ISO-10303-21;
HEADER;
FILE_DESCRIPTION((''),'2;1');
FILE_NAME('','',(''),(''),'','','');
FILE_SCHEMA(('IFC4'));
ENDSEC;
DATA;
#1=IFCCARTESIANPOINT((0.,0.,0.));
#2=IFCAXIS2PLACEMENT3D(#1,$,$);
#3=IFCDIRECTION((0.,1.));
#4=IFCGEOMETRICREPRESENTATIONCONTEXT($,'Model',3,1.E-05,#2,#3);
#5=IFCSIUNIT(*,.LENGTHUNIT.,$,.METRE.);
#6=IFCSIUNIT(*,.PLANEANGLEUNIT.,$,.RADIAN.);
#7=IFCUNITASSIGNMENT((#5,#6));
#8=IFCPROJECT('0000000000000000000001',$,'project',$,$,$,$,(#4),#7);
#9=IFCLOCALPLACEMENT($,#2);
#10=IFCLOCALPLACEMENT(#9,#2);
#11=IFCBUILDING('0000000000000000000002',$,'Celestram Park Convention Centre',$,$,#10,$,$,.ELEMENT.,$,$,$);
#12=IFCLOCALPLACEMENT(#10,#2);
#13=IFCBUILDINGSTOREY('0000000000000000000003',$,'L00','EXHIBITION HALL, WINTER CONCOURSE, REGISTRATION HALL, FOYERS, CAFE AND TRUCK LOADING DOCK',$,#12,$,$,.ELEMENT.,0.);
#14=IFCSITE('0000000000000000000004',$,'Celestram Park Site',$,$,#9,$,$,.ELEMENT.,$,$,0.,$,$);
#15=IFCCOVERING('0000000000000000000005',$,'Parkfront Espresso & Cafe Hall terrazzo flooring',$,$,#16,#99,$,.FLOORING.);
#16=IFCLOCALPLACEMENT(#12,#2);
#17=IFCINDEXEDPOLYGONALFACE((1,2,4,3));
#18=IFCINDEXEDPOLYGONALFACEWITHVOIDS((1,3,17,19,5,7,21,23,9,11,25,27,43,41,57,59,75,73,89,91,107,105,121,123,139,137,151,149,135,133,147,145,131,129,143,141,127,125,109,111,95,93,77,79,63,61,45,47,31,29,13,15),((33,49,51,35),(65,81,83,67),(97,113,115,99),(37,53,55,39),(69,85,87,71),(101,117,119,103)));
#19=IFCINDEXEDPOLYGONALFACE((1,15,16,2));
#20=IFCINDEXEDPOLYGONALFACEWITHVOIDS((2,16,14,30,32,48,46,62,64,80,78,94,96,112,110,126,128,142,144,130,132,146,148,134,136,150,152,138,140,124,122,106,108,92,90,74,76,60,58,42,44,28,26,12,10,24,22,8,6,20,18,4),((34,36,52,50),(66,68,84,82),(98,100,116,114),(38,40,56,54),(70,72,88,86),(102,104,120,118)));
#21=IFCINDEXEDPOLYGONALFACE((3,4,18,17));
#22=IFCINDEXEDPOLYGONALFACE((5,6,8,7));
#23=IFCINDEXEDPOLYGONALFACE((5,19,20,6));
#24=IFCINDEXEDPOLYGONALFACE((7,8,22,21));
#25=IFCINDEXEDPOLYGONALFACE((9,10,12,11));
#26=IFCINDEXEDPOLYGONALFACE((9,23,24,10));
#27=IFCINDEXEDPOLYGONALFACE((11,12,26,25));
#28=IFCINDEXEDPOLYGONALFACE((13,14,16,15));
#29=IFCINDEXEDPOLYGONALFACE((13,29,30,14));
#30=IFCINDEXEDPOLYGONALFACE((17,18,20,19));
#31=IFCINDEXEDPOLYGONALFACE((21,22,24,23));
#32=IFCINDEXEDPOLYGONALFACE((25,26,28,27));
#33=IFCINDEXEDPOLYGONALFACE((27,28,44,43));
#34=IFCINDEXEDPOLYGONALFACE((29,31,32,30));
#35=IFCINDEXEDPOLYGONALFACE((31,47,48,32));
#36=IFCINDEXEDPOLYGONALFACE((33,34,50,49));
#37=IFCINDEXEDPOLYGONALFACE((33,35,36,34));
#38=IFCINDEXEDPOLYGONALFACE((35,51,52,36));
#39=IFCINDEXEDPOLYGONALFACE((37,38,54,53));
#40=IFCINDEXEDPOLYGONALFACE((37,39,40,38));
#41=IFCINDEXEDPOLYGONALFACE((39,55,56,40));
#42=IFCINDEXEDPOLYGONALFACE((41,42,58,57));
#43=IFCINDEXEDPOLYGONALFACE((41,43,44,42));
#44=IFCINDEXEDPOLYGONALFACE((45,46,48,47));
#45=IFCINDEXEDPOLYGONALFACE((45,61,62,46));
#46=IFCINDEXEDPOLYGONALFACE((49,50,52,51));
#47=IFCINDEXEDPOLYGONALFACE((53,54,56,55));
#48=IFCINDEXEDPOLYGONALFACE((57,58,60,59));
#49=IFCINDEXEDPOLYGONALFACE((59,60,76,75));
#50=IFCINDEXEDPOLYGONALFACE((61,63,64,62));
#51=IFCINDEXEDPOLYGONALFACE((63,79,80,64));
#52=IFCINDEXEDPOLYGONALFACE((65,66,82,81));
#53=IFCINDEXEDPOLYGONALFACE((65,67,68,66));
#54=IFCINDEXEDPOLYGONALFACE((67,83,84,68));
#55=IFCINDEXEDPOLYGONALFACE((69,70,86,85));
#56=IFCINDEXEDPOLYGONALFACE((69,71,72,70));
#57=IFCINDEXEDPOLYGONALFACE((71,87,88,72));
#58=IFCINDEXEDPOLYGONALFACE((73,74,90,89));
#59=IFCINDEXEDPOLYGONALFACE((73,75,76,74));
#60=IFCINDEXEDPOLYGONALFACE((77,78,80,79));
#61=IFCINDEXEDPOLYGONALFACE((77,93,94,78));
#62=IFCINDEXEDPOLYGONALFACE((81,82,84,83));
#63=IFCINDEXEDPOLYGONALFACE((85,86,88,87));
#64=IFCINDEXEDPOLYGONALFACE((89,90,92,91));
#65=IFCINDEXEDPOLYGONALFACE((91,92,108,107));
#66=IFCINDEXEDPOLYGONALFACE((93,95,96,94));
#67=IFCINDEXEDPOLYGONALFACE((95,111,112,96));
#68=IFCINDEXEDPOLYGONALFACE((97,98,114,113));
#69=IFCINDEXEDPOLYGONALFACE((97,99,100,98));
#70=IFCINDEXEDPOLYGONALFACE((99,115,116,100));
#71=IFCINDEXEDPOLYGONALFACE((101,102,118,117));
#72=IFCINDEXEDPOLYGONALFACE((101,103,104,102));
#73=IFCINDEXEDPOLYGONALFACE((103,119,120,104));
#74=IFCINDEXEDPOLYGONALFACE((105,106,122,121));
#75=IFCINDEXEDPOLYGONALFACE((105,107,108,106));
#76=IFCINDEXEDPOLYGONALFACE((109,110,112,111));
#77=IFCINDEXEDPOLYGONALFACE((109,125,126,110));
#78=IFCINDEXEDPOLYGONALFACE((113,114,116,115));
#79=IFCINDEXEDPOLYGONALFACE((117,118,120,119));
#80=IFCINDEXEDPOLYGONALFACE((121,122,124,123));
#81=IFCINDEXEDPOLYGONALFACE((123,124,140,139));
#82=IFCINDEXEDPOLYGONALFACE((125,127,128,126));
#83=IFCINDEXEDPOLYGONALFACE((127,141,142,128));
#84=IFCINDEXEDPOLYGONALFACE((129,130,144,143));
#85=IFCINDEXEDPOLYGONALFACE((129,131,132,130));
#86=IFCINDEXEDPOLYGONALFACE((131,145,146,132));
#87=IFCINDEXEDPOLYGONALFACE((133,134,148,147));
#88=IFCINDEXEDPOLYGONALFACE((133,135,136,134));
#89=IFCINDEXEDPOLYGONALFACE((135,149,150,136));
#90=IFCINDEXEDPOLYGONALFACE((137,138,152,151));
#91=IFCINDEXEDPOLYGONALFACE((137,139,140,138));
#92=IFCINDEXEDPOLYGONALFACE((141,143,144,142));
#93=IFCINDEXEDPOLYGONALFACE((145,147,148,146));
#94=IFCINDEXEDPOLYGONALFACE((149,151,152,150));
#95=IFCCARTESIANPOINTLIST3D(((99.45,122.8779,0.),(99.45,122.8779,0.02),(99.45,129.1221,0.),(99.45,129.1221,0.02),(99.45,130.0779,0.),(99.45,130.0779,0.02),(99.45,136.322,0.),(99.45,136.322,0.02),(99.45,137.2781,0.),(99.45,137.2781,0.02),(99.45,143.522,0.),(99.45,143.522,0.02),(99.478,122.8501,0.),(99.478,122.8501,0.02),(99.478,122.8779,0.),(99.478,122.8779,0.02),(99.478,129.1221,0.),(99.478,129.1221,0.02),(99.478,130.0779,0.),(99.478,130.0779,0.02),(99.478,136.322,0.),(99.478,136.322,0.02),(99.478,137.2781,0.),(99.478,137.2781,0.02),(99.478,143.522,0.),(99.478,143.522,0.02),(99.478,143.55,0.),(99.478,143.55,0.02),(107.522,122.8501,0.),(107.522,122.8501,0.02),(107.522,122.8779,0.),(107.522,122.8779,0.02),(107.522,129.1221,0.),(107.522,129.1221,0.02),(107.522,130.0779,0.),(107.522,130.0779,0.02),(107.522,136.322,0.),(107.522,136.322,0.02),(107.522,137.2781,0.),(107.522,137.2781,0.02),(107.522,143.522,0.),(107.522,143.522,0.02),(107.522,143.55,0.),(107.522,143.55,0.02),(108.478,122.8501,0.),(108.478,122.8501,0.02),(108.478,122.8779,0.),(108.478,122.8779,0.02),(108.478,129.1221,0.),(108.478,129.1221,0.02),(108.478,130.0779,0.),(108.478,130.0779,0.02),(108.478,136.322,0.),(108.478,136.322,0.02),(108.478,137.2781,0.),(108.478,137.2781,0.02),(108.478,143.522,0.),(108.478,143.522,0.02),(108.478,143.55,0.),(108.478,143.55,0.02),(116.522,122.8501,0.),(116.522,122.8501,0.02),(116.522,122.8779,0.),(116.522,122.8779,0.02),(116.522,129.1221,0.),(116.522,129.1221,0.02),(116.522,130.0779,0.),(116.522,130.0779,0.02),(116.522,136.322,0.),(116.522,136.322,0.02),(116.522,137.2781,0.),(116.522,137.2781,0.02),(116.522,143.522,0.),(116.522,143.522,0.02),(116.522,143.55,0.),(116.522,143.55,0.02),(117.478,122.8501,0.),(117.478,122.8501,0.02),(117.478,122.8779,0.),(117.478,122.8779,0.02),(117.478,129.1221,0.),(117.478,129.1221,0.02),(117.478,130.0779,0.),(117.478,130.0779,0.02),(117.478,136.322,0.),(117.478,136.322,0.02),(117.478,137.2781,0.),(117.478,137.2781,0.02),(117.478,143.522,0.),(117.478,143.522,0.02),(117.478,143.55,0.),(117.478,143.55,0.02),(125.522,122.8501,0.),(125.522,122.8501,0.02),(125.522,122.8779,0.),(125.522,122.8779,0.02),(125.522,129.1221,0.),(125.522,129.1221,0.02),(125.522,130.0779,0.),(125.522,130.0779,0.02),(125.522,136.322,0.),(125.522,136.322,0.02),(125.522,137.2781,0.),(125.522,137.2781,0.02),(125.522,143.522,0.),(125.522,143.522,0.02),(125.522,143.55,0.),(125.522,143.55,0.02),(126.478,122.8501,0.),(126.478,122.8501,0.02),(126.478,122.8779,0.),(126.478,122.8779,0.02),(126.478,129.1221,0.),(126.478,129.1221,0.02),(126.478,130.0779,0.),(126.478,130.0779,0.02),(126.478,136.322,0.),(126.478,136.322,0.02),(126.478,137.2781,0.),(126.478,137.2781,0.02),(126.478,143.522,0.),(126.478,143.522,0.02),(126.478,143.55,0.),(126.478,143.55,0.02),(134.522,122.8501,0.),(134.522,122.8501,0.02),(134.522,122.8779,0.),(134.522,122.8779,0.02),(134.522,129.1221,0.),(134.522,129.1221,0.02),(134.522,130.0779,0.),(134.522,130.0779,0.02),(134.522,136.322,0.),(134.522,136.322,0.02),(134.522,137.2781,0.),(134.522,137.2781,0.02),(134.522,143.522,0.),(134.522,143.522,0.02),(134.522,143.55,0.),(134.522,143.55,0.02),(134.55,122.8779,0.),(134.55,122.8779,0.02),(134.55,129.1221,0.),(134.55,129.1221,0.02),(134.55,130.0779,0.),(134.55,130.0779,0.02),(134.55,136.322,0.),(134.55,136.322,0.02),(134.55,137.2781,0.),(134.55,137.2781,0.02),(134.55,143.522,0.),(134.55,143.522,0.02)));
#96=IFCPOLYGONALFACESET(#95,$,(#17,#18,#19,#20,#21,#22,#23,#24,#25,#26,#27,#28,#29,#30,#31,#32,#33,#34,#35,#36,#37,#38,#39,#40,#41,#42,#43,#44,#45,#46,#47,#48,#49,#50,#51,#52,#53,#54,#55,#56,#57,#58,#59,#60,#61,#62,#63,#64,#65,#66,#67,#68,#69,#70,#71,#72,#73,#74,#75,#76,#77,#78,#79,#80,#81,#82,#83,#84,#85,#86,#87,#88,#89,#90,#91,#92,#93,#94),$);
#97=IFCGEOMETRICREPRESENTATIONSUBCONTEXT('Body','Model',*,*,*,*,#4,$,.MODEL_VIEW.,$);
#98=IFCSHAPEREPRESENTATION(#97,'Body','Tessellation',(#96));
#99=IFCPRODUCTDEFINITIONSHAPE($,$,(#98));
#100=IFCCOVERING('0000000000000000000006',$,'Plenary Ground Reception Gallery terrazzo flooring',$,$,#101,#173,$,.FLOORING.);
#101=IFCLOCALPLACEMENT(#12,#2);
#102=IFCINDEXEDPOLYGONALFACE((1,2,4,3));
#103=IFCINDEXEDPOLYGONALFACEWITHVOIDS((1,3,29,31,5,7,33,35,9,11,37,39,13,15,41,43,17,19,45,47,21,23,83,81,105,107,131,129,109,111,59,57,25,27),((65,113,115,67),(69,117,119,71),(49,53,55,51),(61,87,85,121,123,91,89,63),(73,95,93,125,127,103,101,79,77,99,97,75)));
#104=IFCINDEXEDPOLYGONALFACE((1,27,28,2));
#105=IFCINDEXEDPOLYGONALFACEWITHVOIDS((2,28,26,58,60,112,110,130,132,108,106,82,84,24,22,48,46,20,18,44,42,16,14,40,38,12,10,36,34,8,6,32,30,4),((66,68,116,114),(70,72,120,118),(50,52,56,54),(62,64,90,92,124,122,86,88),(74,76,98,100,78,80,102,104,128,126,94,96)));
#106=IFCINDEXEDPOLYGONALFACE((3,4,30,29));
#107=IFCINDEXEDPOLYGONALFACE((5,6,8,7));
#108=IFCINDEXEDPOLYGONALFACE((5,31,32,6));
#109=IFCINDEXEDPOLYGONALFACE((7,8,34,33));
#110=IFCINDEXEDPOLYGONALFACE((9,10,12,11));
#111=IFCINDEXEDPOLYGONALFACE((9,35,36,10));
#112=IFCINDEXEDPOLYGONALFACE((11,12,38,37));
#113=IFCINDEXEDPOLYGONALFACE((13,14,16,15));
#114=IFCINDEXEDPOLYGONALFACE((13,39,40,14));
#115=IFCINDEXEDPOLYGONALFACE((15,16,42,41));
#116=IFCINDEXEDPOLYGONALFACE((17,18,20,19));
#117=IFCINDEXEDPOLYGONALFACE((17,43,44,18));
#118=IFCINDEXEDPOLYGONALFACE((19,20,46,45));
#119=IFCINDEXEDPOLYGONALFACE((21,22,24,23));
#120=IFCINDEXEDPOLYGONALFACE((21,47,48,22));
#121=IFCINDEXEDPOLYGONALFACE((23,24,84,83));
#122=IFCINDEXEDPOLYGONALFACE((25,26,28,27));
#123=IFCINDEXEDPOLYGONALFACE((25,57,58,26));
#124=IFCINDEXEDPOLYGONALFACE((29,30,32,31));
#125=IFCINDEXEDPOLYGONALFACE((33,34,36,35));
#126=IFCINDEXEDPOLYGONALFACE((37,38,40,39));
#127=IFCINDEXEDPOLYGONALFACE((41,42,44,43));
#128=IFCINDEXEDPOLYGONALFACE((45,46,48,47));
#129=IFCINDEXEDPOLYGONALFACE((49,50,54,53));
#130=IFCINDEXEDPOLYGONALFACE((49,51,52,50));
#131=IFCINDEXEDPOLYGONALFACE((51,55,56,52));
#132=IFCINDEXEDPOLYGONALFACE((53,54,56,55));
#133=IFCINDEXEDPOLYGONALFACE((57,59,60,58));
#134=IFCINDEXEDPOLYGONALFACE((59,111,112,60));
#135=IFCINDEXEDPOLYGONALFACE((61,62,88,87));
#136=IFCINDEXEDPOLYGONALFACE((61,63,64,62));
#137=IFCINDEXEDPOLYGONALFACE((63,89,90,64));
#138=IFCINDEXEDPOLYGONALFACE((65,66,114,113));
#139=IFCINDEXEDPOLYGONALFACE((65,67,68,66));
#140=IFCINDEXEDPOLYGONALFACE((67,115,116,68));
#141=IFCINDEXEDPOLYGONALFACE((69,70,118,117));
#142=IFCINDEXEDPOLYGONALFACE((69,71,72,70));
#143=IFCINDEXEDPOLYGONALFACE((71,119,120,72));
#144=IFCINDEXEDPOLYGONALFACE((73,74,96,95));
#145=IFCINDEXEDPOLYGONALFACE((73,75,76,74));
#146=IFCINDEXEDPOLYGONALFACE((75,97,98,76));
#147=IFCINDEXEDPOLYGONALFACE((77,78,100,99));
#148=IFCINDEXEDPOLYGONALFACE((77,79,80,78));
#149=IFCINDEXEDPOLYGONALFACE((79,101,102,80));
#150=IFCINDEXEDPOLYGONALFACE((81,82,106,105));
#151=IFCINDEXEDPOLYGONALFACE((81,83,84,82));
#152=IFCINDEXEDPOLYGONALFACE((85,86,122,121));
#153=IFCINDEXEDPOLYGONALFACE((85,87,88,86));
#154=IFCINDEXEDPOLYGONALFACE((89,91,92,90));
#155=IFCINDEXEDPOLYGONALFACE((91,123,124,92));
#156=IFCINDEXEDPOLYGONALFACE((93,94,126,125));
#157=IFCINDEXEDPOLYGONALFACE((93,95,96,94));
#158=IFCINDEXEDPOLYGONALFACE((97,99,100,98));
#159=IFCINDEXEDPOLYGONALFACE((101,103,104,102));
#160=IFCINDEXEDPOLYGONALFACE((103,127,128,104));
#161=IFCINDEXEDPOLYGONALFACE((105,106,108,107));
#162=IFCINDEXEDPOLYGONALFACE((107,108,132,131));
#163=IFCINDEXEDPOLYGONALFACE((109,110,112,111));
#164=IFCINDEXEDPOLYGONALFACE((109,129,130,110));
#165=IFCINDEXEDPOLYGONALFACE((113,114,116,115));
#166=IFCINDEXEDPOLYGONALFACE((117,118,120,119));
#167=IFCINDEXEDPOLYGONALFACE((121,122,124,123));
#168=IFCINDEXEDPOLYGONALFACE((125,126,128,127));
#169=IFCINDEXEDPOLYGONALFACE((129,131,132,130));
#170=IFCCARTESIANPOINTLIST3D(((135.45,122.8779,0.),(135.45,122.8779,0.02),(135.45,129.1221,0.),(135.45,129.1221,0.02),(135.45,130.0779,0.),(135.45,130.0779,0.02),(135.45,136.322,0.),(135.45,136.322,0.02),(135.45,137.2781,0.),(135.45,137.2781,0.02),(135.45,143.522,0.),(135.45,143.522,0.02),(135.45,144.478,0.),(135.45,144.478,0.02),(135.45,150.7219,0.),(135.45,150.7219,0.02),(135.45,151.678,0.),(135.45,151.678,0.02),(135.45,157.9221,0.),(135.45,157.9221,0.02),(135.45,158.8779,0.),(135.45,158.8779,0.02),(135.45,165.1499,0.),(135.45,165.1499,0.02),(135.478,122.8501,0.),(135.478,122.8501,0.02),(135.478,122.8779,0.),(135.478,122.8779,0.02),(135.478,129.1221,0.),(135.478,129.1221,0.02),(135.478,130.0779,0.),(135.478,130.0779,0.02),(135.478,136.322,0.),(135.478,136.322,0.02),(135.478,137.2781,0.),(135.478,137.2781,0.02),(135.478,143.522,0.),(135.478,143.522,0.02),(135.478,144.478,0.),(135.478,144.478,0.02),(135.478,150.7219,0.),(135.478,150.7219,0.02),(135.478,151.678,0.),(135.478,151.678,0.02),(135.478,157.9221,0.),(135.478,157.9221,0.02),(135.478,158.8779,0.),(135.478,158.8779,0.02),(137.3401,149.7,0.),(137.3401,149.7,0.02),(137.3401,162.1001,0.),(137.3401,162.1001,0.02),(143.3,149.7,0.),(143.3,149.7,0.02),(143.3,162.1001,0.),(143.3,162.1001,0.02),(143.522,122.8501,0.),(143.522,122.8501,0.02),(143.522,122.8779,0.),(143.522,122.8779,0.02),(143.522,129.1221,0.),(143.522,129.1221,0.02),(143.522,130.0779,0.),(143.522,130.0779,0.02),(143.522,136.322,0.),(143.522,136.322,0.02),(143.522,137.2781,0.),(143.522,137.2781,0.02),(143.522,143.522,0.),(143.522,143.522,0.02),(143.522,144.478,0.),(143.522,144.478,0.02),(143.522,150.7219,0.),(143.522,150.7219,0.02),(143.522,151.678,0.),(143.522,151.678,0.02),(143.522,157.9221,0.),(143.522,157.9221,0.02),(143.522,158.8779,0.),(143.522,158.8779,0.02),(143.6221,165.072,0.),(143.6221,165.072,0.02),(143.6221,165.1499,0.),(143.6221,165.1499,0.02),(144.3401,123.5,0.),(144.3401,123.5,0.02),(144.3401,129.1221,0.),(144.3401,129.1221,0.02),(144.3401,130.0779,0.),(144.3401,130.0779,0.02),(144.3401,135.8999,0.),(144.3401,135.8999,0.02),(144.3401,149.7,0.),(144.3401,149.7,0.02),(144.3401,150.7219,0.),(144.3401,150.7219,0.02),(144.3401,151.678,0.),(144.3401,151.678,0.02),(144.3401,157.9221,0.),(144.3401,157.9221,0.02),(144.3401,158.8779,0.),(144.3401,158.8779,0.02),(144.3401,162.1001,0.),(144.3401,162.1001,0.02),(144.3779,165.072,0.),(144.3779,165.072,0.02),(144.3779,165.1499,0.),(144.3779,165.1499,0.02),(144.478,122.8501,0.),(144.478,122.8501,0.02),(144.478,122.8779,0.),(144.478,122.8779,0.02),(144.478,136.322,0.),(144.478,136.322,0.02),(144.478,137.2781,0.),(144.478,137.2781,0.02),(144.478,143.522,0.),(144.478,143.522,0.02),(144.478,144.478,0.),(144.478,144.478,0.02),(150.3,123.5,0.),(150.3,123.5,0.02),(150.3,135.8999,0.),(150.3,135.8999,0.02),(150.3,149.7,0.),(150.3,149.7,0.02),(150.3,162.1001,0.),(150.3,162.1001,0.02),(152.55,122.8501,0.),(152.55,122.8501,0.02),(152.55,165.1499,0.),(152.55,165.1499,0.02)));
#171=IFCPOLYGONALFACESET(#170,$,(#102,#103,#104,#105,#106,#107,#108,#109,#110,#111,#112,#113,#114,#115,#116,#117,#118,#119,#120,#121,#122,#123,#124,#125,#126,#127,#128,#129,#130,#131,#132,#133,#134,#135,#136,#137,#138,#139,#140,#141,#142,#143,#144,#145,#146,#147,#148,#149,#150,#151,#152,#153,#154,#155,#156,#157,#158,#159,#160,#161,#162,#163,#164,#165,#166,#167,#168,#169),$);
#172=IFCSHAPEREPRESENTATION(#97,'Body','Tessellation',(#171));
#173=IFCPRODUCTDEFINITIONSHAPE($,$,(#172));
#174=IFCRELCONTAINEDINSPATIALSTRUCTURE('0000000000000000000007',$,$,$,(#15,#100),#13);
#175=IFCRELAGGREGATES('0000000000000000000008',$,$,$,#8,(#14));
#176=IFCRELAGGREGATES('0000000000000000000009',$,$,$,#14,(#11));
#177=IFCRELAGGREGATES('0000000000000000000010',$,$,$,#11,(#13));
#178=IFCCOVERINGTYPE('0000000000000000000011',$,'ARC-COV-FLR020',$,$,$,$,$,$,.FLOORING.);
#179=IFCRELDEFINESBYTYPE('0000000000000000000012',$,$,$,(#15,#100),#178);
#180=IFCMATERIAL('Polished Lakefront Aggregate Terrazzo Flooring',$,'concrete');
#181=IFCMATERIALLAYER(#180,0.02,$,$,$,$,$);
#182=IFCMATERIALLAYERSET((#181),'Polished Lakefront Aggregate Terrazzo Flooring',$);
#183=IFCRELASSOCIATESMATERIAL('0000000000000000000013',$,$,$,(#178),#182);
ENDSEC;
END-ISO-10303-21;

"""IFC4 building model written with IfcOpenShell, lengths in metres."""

from ifc_helpers import new_model, si_unit, direction, origin, place, context, subcontext, project, spatial, polyline, outline, extrude, material, layer, layer_set, type_object, element, save


model = new_model("IFC4")

# Units and contexts
model_context = context("Model", 3, precision=1e-05, world=origin(), true_north=direction((0.0, 1.0)))
body_context = subcontext(model_context, "Body", "Model", "MODEL_VIEW")
ifc_project = project(units=[si_unit("LENGTHUNIT", "METRE"), si_unit("PLANEANGLEUNIT", "RADIAN")], contexts=[model_context])

# Site, building, storey
site_placement = place(None, origin())
site = spatial("IfcSite", under=ifc_project, at=site_placement, Name="Celestram Park Site", CompositionType="ELEMENT", RefElevation=0.0)
building_placement = place(site_placement, origin())
building = spatial("IfcBuilding", under=site, at=building_placement, Name="Celestram Park Convention Centre", CompositionType="ELEMENT")
storey_placement = place(building_placement, origin())
storey = spatial("IfcBuildingStorey", under=building, at=storey_placement, Name="L00", Description="EXHIBITION HALL, WINTER CONCOURSE, REGISTRATION HALL, FOYERS, CAFE AND TRUCK LOADING DOCK", CompositionType="ELEMENT", Elevation=0.0)

# Coverings
ifc_material_1 = material(Name="Polished Lakefront Aggregate Terrazzo Flooring", Category="concrete")
ifc_layer_1 = layer(ifc_material_1, 0.02)
ifc_layer_set_1 = layer_set([ifc_layer_1], Name="Polished Lakefront Aggregate Terrazzo Flooring")
covering_type = type_object("IfcCoveringType", Name="ARC-COV-FLR020", PredefinedType="FLOORING", material=ifc_layer_set_1)
covering_1_placement = place(storey_placement, origin())
element("IfcCovering", 1, at=covering_1_placement, inside=storey, type_object=covering_type, Name="Parkfront Espresso & Cafe Hall terrazzo flooring", PredefinedType="FLOORING", context=body_context, shape_type="SweptSolid", body=[
    extrude(outline(polyline([(107.522, 143.55), (107.522, 143.522), (108.478, 143.522), (108.478, 143.55), (116.522, 143.55), (116.522, 143.522), (117.478, 143.522), (117.478, 143.55), (125.522, 143.55), (125.522, 143.522), (126.478, 143.522), (126.478, 143.55), (134.522, 143.55), (134.522, 143.522), (134.55, 143.522), (134.55, 137.2781), (134.522, 137.2781), (134.522, 136.322), (134.55, 136.322), (134.55, 130.0779), (134.522, 130.0779), (134.522, 129.1221), (134.55, 129.1221), (134.55, 122.8779), (134.522, 122.8779), (134.522, 122.8501), (126.478, 122.8501), (126.478, 122.8779), (125.522, 122.8779), (125.522, 122.8501), (117.478, 122.8501), (117.478, 122.8779), (116.522, 122.8779), (116.522, 122.8501), (108.478, 122.8501), (108.478, 122.8779), (107.522, 122.8779), (107.522, 122.8501), (99.478, 122.8501), (99.478, 122.8779), (99.45, 122.8779), (99.45, 129.1221), (99.478, 129.1221), (99.478, 130.0779), (99.45, 130.0779), (99.45, 136.322), (99.478, 136.322), (99.478, 137.2781), (99.45, 137.2781), (99.45, 143.522), (99.478, 143.522), (99.478, 143.55), (107.522, 143.55)]), holes=[polyline([(117.478, 129.1221), (117.478, 130.0779), (116.522, 130.0779), (116.522, 129.1221), (117.478, 129.1221)]), polyline([(126.478, 130.0779), (125.522, 130.0779), (125.522, 129.1221), (126.478, 129.1221), (126.478, 130.0779)]), polyline([(108.478, 130.0779), (107.522, 130.0779), (107.522, 129.1221), (108.478, 129.1221), (108.478, 130.0779)]), polyline([(108.478, 136.322), (108.478, 137.2781), (107.522, 137.2781), (107.522, 136.322), (108.478, 136.322)]), polyline([(117.478, 136.322), (117.478, 137.2781), (116.522, 137.2781), (116.522, 136.322), (117.478, 136.322)]), polyline([(126.478, 137.2781), (125.522, 137.2781), (125.522, 136.322), (126.478, 136.322), (126.478, 137.2781)])]), origin(), (0.0, 0.0, 1.0), 0.02),
])
covering_2_placement = place(storey_placement, origin())
element("IfcCovering", 2, at=covering_2_placement, inside=storey, type_object=covering_type, Name="Plenary Ground Reception Gallery terrazzo flooring", PredefinedType="FLOORING", context=body_context, shape_type="SweptSolid", body=[
    extrude(outline(polyline([(143.6221, 165.1499), (143.6221, 165.072), (144.3779, 165.072), (144.3779, 165.1499), (152.55, 165.1499), (152.55, 122.8501), (144.478, 122.8501), (144.478, 122.8779), (143.522, 122.8779), (143.522, 122.8501), (135.478, 122.8501), (135.478, 122.8779), (135.45, 122.8779), (135.45, 129.1221), (135.478, 129.1221), (135.478, 130.0779), (135.45, 130.0779), (135.45, 136.322), (135.478, 136.322), (135.478, 137.2781), (135.45, 137.2781), (135.45, 143.522), (135.478, 143.522), (135.478, 144.478), (135.45, 144.478), (135.45, 150.7219), (135.478, 150.7219), (135.478, 151.678), (135.45, 151.678), (135.45, 157.9221), (135.478, 157.9221), (135.478, 158.8779), (135.45, 158.8779), (135.45, 165.1499), (143.6221, 165.1499)]), holes=[polyline([(150.3, 135.8999), (144.3401, 135.8999), (144.3401, 130.0779), (143.522, 130.0779), (143.522, 129.1221), (144.3401, 129.1221), (144.3401, 123.5), (150.3, 123.5), (150.3, 135.8999)]), polyline([(150.3, 162.1001), (144.3401, 162.1001), (144.3401, 158.8779), (143.522, 158.8779), (143.522, 157.9221), (144.3401, 157.9221), (144.3401, 151.678), (143.522, 151.678), (143.522, 150.7219), (144.3401, 150.7219), (144.3401, 149.7), (150.3, 149.7), (150.3, 162.1001)]), polyline([(143.3, 162.1001), (137.3401, 162.1001), (137.3401, 149.7), (143.3, 149.7), (143.3, 162.1001)]), polyline([(144.478, 137.2781), (143.522, 137.2781), (143.522, 136.322), (144.478, 136.322), (144.478, 137.2781)]), polyline([(144.478, 143.522), (144.478, 144.478), (143.522, 144.478), (143.522, 143.522), (144.478, 143.522)])]), origin(), (0.0, 0.0, 1.0), 0.02),
])

save(model, "model.ifc")
